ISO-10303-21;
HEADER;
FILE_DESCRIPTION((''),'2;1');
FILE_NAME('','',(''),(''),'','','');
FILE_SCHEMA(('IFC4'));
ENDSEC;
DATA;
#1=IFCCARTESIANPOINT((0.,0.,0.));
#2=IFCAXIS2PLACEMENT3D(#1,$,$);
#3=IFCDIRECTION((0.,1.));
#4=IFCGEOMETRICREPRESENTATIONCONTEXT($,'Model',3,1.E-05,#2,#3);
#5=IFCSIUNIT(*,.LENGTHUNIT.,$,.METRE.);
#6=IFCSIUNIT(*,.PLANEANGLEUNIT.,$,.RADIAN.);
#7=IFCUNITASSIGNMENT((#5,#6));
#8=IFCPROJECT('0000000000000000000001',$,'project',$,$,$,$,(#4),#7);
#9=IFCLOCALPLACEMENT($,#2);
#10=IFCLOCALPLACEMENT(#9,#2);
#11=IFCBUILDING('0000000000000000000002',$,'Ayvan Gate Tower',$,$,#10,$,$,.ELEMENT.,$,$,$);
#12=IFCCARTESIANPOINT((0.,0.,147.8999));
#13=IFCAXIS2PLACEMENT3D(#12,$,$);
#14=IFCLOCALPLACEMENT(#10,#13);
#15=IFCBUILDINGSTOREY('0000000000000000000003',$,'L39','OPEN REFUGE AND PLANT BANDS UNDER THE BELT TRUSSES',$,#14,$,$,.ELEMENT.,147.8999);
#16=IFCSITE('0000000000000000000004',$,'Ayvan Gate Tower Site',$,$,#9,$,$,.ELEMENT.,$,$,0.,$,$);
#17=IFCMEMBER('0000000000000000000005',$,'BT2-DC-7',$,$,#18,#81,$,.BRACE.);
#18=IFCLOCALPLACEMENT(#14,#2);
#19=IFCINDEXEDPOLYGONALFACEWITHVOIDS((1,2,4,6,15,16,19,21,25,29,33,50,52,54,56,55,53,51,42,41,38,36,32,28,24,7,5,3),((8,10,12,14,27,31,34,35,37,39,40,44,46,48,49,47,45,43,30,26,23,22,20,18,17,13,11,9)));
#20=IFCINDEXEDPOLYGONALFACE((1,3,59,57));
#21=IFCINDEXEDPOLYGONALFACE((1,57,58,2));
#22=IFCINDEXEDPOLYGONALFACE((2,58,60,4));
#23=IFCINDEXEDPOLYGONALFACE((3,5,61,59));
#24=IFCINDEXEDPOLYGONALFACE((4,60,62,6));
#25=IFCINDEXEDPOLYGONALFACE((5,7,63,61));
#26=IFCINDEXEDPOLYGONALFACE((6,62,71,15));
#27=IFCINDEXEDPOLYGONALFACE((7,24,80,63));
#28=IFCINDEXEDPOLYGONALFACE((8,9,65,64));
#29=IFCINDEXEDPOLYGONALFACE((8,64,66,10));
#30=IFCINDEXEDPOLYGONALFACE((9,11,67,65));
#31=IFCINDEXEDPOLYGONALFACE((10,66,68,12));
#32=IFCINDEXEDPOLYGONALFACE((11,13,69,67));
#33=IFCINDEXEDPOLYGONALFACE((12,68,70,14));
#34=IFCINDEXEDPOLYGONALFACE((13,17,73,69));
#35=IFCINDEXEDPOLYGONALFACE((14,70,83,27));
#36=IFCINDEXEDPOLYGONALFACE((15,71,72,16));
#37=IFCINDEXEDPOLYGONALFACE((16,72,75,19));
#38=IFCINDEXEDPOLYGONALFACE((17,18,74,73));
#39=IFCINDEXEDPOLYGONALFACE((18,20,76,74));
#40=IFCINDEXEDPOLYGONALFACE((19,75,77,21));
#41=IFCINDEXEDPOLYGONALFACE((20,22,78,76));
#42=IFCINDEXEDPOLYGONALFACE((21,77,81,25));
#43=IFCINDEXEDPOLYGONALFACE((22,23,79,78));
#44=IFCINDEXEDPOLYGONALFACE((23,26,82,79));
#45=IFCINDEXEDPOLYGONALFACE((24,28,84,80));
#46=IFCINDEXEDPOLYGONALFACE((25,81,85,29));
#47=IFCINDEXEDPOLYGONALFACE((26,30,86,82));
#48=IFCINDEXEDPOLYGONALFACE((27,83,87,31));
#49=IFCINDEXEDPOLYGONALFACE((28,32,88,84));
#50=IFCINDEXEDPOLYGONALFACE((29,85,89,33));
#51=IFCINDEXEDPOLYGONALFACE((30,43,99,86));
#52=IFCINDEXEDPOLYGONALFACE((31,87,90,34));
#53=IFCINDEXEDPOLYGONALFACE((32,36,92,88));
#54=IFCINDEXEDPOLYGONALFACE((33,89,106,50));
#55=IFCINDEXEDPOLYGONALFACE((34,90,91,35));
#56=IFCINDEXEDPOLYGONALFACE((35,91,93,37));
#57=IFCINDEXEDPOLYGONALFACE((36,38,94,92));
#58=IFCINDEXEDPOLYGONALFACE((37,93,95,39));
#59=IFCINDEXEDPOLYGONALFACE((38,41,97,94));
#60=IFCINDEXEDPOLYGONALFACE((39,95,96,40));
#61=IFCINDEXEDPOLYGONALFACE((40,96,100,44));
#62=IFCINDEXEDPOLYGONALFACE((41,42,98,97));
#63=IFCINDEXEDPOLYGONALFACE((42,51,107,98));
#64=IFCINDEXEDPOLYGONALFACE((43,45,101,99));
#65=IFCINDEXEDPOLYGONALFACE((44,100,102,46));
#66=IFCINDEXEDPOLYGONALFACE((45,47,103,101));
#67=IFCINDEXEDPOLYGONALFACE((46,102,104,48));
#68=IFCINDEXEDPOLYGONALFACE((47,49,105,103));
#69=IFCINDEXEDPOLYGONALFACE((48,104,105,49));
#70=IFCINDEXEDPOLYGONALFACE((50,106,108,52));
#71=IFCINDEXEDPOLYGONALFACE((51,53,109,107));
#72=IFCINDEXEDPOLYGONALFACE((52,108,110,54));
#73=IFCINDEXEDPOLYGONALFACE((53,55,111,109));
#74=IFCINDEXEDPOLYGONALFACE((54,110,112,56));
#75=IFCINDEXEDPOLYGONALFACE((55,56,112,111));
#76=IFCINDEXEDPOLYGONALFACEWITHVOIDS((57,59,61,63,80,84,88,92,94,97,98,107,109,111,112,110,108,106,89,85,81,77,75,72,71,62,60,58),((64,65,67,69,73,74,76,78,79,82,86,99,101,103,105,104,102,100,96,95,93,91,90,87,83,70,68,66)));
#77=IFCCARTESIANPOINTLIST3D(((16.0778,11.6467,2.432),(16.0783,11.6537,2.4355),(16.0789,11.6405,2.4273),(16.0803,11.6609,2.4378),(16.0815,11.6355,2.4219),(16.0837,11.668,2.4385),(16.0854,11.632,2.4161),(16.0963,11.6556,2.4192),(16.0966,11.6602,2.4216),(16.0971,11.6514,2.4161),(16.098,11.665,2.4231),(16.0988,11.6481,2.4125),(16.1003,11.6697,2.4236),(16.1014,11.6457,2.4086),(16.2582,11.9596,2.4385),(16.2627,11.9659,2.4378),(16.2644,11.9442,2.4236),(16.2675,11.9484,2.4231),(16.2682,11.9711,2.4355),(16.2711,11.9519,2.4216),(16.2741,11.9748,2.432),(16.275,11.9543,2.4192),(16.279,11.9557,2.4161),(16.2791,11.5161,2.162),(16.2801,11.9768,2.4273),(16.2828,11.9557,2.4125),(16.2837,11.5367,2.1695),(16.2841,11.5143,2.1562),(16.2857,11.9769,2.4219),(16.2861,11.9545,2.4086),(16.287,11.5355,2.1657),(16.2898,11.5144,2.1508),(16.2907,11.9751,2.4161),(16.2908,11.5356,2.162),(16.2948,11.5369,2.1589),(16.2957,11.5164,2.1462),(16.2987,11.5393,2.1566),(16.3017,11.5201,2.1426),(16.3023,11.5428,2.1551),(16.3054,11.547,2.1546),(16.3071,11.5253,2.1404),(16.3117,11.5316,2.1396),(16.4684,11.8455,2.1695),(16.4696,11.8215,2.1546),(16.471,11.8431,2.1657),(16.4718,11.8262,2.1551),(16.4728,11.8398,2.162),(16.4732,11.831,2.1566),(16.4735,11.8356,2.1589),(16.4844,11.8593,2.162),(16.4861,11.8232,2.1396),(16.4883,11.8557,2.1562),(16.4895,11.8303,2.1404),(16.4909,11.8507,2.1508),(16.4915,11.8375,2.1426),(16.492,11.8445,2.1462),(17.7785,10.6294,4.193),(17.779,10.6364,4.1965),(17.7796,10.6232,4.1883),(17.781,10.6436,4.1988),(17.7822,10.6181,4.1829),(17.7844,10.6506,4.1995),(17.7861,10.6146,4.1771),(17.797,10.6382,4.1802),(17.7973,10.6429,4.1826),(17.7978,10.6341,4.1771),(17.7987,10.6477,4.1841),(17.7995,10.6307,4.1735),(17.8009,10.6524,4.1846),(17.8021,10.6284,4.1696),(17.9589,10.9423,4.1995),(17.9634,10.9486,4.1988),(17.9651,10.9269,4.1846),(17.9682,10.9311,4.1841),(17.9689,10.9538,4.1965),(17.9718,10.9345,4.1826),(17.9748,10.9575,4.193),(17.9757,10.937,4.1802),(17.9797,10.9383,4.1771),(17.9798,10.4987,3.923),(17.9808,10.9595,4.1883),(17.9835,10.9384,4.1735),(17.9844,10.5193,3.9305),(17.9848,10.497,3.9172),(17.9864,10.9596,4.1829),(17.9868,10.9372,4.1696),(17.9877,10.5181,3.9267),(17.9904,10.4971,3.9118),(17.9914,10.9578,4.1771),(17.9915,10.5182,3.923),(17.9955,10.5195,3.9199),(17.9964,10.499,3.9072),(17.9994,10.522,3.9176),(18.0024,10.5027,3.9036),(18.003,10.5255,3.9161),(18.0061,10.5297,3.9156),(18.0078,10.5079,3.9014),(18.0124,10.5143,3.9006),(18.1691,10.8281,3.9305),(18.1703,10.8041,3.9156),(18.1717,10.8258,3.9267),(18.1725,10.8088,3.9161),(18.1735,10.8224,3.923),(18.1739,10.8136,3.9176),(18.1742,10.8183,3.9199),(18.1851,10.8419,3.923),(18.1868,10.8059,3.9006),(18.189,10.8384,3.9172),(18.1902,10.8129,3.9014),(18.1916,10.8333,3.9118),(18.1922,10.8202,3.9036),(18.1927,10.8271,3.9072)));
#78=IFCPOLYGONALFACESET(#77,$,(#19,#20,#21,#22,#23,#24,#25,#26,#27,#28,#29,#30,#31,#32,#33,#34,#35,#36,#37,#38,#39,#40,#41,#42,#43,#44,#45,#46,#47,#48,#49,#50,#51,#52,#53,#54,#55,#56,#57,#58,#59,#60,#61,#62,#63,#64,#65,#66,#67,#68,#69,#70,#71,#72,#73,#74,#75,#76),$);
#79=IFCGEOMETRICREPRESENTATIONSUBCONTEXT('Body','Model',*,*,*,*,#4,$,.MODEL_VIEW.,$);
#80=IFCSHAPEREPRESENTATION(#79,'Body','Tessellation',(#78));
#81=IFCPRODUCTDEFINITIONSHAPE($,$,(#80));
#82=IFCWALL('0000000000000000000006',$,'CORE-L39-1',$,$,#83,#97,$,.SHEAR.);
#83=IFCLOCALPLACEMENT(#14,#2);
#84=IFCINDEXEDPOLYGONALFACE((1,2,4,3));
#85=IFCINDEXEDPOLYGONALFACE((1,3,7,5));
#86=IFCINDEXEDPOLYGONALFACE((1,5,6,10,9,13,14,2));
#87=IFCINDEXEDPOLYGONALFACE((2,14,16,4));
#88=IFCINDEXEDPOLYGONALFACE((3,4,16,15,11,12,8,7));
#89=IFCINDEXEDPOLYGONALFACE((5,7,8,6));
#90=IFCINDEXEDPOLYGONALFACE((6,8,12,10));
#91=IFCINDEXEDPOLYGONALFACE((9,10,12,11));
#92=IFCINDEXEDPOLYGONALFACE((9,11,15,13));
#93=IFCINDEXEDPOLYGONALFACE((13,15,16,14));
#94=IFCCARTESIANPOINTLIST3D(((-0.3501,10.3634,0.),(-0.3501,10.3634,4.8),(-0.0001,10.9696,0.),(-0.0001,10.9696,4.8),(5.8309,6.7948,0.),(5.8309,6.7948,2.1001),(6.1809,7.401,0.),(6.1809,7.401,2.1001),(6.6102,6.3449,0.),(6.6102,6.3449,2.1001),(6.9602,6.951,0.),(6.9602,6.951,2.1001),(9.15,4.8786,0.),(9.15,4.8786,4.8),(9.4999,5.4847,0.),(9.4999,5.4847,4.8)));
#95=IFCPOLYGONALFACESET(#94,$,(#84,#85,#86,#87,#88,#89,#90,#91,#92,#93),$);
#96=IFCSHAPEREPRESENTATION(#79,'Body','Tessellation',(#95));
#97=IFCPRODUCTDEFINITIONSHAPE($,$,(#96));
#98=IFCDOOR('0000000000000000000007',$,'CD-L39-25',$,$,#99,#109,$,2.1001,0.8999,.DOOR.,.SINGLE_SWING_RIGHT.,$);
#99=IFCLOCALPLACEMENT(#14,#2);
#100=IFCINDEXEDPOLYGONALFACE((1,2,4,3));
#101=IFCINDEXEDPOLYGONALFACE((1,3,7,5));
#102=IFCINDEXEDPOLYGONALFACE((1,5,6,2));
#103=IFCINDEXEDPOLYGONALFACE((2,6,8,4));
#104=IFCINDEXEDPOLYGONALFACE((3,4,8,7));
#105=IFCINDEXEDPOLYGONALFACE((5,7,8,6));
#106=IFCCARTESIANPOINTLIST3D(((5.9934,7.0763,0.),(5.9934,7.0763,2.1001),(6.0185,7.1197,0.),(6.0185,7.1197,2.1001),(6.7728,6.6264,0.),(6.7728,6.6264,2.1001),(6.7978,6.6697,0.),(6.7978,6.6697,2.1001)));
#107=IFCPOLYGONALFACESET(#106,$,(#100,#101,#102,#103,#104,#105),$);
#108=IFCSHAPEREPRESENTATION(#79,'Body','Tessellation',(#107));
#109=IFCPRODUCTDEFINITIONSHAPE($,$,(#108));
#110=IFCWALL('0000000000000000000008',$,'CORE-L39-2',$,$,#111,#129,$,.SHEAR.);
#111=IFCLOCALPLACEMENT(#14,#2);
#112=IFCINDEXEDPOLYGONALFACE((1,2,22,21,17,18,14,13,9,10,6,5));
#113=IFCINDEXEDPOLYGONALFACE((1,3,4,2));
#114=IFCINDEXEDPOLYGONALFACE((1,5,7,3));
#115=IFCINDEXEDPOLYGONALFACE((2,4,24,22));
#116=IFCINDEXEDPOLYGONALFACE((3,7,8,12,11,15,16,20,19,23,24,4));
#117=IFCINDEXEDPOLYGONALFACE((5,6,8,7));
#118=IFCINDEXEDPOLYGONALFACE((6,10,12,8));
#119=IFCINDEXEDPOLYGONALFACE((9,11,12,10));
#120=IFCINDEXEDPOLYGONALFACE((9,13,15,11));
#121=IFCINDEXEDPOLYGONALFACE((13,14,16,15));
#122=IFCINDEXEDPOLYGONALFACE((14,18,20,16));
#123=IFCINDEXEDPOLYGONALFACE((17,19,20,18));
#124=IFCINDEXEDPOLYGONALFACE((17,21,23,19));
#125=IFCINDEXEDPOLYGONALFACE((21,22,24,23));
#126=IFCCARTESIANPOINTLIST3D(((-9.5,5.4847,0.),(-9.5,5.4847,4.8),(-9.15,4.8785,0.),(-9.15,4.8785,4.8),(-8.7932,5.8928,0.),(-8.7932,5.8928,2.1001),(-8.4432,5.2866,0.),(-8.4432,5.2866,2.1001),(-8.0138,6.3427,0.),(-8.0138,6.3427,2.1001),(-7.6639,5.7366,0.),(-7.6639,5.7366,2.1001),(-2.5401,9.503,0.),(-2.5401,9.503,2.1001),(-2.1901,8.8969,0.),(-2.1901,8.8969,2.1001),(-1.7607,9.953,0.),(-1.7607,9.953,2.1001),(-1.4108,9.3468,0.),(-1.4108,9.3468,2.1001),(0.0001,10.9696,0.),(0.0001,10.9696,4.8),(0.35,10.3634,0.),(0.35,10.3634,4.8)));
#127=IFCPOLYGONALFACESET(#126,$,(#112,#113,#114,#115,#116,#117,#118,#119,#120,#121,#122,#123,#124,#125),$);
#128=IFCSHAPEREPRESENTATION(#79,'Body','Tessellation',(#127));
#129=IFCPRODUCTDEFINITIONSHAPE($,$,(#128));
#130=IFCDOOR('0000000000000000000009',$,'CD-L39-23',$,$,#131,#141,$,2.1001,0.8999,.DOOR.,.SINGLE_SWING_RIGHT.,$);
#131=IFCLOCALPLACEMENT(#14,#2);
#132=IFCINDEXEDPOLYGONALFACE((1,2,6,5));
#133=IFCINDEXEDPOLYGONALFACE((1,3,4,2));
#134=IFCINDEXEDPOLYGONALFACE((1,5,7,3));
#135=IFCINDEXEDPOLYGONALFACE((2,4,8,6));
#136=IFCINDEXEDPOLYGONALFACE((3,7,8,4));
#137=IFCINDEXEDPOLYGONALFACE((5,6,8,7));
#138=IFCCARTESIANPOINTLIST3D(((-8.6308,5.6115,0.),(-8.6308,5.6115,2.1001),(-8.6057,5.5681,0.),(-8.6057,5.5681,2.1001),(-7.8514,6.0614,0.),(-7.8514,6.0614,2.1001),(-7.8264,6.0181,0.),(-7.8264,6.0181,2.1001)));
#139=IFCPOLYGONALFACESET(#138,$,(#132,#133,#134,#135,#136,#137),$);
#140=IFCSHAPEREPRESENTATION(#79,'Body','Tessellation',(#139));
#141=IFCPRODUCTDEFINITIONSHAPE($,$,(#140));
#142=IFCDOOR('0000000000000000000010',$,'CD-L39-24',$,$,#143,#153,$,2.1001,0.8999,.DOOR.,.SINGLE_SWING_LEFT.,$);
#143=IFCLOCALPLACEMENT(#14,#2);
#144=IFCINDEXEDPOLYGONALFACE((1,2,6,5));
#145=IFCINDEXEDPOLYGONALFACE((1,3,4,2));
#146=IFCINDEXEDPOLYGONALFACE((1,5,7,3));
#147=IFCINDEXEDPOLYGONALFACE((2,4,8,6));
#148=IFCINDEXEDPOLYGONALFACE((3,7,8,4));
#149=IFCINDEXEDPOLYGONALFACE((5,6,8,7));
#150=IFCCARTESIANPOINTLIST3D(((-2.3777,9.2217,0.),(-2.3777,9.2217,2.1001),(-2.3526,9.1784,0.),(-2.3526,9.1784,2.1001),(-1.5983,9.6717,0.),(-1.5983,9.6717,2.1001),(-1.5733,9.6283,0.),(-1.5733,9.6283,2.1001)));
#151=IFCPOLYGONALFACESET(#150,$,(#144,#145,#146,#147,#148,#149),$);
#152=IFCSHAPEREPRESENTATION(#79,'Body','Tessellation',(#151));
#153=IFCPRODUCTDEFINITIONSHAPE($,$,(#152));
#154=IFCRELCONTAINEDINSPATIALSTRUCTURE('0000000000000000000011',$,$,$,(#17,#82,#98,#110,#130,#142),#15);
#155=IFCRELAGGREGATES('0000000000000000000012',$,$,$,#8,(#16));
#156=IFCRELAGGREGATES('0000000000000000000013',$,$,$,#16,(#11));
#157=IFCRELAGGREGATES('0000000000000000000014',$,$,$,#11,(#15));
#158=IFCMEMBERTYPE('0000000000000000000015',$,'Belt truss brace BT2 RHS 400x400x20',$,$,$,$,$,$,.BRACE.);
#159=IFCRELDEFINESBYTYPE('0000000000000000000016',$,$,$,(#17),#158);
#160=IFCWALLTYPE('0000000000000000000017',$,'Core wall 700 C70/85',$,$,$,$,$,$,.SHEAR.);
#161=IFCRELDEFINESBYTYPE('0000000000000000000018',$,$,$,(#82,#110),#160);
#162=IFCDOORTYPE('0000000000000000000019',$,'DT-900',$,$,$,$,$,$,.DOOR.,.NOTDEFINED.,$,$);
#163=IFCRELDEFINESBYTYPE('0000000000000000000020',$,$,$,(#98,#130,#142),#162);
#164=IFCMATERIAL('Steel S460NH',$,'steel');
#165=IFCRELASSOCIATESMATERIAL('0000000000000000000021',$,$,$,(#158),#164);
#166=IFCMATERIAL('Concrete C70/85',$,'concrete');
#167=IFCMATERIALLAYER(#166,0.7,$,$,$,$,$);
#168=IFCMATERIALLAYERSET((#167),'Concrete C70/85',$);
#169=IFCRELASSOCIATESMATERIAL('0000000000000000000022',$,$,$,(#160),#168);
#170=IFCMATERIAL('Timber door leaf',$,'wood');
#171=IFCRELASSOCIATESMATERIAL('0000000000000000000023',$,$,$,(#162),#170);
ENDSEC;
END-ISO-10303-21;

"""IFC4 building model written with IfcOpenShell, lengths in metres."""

from ifc_helpers import new_model, si_unit, direction, frame, frame_2d, origin, origin_2d, place, context, subcontext, project, spatial, rectangle, hollow_rectangle, extrude, material, layer, layer_set, material_profile, profile_set, type_object, element, fill, save


model = new_model("IFC4")

# Units and contexts
model_context = context("Model", 3, precision=1e-05, world=origin(), true_north=direction((0.0, 1.0)))
body_context = subcontext(model_context, "Body", "Model", "MODEL_VIEW")
ifc_project = project(units=[si_unit("LENGTHUNIT", "METRE"), si_unit("PLANEANGLEUNIT", "RADIAN")], contexts=[model_context])

# Site, building, storey
site_placement = place(None, origin())
site = spatial("IfcSite", under=ifc_project, at=site_placement, Name="Ayvan Gate Tower Site", CompositionType="ELEMENT", RefElevation=0.0)
building_placement = place(site_placement, origin())
building = spatial("IfcBuilding", under=site, at=building_placement, Name="Ayvan Gate Tower", CompositionType="ELEMENT")
storey_placement = place(building_placement, frame((0.0, 0.0, 147.8999)))
storey = spatial("IfcBuildingStorey", under=building, at=storey_placement, Name="L39", Description="OPEN REFUGE AND PLANT BANDS UNDER THE BELT TRUSSES", CompositionType="ELEMENT", Elevation=147.8999)

# Member
ifc_material_1 = material(Name="Steel S460NH", Category="steel")
ifc_material_profile = material_profile(ifc_material_1, hollow_rectangle(XDim=0.3999, YDim=0.3999, WallThickness=0.02, InnerFilletRadius=0.02, OuterFilletRadius=0.03, at=origin_2d()), Name="RHS 400x400x20")
ifc_profile_set = profile_set([ifc_material_profile], Name="Steel S460NH")
member_type = type_object("IfcMemberType", Name="Belt truss brace BT2 RHS 400x400x20", PredefinedType="BRACE", material=ifc_profile_set)
member_placement = place(storey_placement, frame((16.2849, 11.7456, 2.2891), z_axis=(0.6415, -0.383739, 0.664246), x_axis=(0.513354, 0.858177, 0.0)))
element("IfcMember", 1, at=member_placement, inside=storey, type_object=member_type, Name="BT2-DC-7", PredefinedType="BRACE", context=body_context, shape_type="SweptSolid", body=[
    extrude(hollow_rectangle(XDim=0.3999, YDim=0.3999, WallThickness=0.02, InnerFilletRadius=0.02, OuterFilletRadius=0.03, at=origin_2d()), origin(), (0.0, 0.0, 1.0), 2.6511),
])

# Wall, opening, door
ifc_material_2 = material(Name="Concrete C70/85", Category="concrete")
ifc_layer_1 = layer(ifc_material_2, 0.7)
ifc_layer_set_1 = layer_set([ifc_layer_1], Name="Concrete C70/85")
wall_type_1 = type_object("IfcWallType", Name="Core wall 700 C70/85", PredefinedType="SHEAR", material=ifc_layer_set_1)
wall_1_placement = place(storey_placement, frame((9.325, 5.1816, 0.0), z_axis=(0.0, 0.0, 1.0), x_axis=(-0.866024, 0.500002, 0.0)))
wall_1 = element("IfcWall", 2, at=wall_1_placement, inside=storey, type_object=wall_type_1, Name="CORE-L39-1", PredefinedType="SHEAR", context=body_context, shape_type="SweptSolid", body=[
    extrude(rectangle(XDim=10.9697, YDim=0.7, at=frame_2d((5.4849, 0.0))), origin(), (0.0, 0.0, 1.0), 4.8),
])
opening_1_placement = place(wall_1_placement, frame((2.9326, 0.0, 0.0)))
opening_1 = element("IfcOpeningElement", 3, at=opening_1_placement, cuts=wall_1, PredefinedType="OPENING", context=body_context, shape_type="SweptSolid", body=[
    extrude(rectangle(XDim=0.8999, YDim=2.1001, at=frame_2d((0.45, 1.05))), frame((0.0, 0.3599, 0.0), z_axis=(0.0, -1.0, 0.0), x_axis=(1.0, 0.0, 0.0)), (0.0, 0.0, 1.0), 0.72),
])
ifc_material_3 = material(Name="Timber door leaf", Category="wood")
door_type_1 = type_object("IfcDoorType", Name="DT-900", OperationType="NOTDEFINED", PredefinedType="DOOR", material=ifc_material_3)
door_1_placement = place(opening_1_placement, origin())
door_1 = element("IfcDoor", 4, at=door_1_placement, inside=storey, type_object=door_type_1, Name="CD-L39-25", OperationType="SINGLE_SWING_RIGHT", OverallHeight=2.1001, OverallWidth=0.8999, PredefinedType="DOOR", context=body_context, shape_type="SweptSolid", body=[
    extrude(rectangle(XDim=0.8999, YDim=2.1001, at=frame_2d((0.45, 1.05))), frame((0.0, 0.0249, 0.0), z_axis=(0.0, -1.0, 0.0), x_axis=(1.0, 0.0, 0.0)), (0.0, 0.0, 1.0), 0.05),
])
fill(opening_1, door_1)

# Wall, openings, doors
wall_2_placement = place(storey_placement, frame((0.175, 10.6665, 0.0), z_axis=(0.0, 0.0, 1.0), x_axis=(-0.866024, -0.500002, 0.0)))
wall_2 = element("IfcWall", 5, at=wall_2_placement, inside=storey, type_object=wall_type_1, Name="CORE-L39-2", PredefinedType="SHEAR", context=body_context, shape_type="SweptSolid", body=[
    extrude(rectangle(XDim=10.9697, YDim=0.7, at=frame_2d((5.4849, 0.0))), origin(), (0.0, 0.0, 1.0), 4.8),
])
opening_2_placement = place(wall_2_placement, frame((9.2537, 0.0, 0.0)))
opening_2 = element("IfcOpeningElement", 6, at=opening_2_placement, cuts=wall_2, PredefinedType="OPENING", context=body_context, shape_type="SweptSolid", body=[
    extrude(rectangle(XDim=0.8999, YDim=2.1001, at=frame_2d((0.45, 1.05))), frame((0.0, 0.3599, 0.0), z_axis=(0.0, -1.0, 0.0), x_axis=(1.0, 0.0, 0.0)), (0.0, 0.0, 1.0), 0.72),
])
opening_3_placement = place(wall_2_placement, frame((2.0332, 0.0, 0.0)))
opening_3 = element("IfcOpeningElement", 7, at=opening_3_placement, cuts=wall_2, PredefinedType="OPENING", context=body_context, shape_type="SweptSolid", body=[
    extrude(rectangle(XDim=0.8999, YDim=2.1001, at=frame_2d((0.45, 1.05))), frame((0.0, 0.3599, 0.0), z_axis=(0.0, -1.0, 0.0), x_axis=(1.0, 0.0, 0.0)), (0.0, 0.0, 1.0), 0.72),
])
door_2_placement = place(opening_2_placement, origin())
door_2 = element("IfcDoor", 8, at=door_2_placement, inside=storey, type_object=door_type_1, Name="CD-L39-23", OperationType="SINGLE_SWING_RIGHT", OverallHeight=2.1001, OverallWidth=0.8999, PredefinedType="DOOR", context=body_context, shape_type="SweptSolid", body=[
    extrude(rectangle(XDim=0.8999, YDim=2.1001, at=frame_2d((0.45, 1.05))), frame((0.0, 0.0249, 0.0), z_axis=(0.0, -1.0, 0.0), x_axis=(1.0, 0.0, 0.0)), (0.0, 0.0, 1.0), 0.05),
])
fill(opening_2, door_2)
door_3_placement = place(opening_3_placement, origin())
door_3 = element("IfcDoor", 9, at=door_3_placement, inside=storey, type_object=door_type_1, Name="CD-L39-24", OperationType="SINGLE_SWING_LEFT", OverallHeight=2.1001, OverallWidth=0.8999, PredefinedType="DOOR", context=body_context, shape_type="SweptSolid", body=[
    extrude(rectangle(XDim=0.8999, YDim=2.1001, at=frame_2d((0.45, 1.05))), frame((0.0, 0.0249, 0.0), z_axis=(0.0, -1.0, 0.0), x_axis=(1.0, 0.0, 0.0)), (0.0, 0.0, 1.0), 0.05),
])
fill(opening_3, door_3)

save(model, "model.ifc")
